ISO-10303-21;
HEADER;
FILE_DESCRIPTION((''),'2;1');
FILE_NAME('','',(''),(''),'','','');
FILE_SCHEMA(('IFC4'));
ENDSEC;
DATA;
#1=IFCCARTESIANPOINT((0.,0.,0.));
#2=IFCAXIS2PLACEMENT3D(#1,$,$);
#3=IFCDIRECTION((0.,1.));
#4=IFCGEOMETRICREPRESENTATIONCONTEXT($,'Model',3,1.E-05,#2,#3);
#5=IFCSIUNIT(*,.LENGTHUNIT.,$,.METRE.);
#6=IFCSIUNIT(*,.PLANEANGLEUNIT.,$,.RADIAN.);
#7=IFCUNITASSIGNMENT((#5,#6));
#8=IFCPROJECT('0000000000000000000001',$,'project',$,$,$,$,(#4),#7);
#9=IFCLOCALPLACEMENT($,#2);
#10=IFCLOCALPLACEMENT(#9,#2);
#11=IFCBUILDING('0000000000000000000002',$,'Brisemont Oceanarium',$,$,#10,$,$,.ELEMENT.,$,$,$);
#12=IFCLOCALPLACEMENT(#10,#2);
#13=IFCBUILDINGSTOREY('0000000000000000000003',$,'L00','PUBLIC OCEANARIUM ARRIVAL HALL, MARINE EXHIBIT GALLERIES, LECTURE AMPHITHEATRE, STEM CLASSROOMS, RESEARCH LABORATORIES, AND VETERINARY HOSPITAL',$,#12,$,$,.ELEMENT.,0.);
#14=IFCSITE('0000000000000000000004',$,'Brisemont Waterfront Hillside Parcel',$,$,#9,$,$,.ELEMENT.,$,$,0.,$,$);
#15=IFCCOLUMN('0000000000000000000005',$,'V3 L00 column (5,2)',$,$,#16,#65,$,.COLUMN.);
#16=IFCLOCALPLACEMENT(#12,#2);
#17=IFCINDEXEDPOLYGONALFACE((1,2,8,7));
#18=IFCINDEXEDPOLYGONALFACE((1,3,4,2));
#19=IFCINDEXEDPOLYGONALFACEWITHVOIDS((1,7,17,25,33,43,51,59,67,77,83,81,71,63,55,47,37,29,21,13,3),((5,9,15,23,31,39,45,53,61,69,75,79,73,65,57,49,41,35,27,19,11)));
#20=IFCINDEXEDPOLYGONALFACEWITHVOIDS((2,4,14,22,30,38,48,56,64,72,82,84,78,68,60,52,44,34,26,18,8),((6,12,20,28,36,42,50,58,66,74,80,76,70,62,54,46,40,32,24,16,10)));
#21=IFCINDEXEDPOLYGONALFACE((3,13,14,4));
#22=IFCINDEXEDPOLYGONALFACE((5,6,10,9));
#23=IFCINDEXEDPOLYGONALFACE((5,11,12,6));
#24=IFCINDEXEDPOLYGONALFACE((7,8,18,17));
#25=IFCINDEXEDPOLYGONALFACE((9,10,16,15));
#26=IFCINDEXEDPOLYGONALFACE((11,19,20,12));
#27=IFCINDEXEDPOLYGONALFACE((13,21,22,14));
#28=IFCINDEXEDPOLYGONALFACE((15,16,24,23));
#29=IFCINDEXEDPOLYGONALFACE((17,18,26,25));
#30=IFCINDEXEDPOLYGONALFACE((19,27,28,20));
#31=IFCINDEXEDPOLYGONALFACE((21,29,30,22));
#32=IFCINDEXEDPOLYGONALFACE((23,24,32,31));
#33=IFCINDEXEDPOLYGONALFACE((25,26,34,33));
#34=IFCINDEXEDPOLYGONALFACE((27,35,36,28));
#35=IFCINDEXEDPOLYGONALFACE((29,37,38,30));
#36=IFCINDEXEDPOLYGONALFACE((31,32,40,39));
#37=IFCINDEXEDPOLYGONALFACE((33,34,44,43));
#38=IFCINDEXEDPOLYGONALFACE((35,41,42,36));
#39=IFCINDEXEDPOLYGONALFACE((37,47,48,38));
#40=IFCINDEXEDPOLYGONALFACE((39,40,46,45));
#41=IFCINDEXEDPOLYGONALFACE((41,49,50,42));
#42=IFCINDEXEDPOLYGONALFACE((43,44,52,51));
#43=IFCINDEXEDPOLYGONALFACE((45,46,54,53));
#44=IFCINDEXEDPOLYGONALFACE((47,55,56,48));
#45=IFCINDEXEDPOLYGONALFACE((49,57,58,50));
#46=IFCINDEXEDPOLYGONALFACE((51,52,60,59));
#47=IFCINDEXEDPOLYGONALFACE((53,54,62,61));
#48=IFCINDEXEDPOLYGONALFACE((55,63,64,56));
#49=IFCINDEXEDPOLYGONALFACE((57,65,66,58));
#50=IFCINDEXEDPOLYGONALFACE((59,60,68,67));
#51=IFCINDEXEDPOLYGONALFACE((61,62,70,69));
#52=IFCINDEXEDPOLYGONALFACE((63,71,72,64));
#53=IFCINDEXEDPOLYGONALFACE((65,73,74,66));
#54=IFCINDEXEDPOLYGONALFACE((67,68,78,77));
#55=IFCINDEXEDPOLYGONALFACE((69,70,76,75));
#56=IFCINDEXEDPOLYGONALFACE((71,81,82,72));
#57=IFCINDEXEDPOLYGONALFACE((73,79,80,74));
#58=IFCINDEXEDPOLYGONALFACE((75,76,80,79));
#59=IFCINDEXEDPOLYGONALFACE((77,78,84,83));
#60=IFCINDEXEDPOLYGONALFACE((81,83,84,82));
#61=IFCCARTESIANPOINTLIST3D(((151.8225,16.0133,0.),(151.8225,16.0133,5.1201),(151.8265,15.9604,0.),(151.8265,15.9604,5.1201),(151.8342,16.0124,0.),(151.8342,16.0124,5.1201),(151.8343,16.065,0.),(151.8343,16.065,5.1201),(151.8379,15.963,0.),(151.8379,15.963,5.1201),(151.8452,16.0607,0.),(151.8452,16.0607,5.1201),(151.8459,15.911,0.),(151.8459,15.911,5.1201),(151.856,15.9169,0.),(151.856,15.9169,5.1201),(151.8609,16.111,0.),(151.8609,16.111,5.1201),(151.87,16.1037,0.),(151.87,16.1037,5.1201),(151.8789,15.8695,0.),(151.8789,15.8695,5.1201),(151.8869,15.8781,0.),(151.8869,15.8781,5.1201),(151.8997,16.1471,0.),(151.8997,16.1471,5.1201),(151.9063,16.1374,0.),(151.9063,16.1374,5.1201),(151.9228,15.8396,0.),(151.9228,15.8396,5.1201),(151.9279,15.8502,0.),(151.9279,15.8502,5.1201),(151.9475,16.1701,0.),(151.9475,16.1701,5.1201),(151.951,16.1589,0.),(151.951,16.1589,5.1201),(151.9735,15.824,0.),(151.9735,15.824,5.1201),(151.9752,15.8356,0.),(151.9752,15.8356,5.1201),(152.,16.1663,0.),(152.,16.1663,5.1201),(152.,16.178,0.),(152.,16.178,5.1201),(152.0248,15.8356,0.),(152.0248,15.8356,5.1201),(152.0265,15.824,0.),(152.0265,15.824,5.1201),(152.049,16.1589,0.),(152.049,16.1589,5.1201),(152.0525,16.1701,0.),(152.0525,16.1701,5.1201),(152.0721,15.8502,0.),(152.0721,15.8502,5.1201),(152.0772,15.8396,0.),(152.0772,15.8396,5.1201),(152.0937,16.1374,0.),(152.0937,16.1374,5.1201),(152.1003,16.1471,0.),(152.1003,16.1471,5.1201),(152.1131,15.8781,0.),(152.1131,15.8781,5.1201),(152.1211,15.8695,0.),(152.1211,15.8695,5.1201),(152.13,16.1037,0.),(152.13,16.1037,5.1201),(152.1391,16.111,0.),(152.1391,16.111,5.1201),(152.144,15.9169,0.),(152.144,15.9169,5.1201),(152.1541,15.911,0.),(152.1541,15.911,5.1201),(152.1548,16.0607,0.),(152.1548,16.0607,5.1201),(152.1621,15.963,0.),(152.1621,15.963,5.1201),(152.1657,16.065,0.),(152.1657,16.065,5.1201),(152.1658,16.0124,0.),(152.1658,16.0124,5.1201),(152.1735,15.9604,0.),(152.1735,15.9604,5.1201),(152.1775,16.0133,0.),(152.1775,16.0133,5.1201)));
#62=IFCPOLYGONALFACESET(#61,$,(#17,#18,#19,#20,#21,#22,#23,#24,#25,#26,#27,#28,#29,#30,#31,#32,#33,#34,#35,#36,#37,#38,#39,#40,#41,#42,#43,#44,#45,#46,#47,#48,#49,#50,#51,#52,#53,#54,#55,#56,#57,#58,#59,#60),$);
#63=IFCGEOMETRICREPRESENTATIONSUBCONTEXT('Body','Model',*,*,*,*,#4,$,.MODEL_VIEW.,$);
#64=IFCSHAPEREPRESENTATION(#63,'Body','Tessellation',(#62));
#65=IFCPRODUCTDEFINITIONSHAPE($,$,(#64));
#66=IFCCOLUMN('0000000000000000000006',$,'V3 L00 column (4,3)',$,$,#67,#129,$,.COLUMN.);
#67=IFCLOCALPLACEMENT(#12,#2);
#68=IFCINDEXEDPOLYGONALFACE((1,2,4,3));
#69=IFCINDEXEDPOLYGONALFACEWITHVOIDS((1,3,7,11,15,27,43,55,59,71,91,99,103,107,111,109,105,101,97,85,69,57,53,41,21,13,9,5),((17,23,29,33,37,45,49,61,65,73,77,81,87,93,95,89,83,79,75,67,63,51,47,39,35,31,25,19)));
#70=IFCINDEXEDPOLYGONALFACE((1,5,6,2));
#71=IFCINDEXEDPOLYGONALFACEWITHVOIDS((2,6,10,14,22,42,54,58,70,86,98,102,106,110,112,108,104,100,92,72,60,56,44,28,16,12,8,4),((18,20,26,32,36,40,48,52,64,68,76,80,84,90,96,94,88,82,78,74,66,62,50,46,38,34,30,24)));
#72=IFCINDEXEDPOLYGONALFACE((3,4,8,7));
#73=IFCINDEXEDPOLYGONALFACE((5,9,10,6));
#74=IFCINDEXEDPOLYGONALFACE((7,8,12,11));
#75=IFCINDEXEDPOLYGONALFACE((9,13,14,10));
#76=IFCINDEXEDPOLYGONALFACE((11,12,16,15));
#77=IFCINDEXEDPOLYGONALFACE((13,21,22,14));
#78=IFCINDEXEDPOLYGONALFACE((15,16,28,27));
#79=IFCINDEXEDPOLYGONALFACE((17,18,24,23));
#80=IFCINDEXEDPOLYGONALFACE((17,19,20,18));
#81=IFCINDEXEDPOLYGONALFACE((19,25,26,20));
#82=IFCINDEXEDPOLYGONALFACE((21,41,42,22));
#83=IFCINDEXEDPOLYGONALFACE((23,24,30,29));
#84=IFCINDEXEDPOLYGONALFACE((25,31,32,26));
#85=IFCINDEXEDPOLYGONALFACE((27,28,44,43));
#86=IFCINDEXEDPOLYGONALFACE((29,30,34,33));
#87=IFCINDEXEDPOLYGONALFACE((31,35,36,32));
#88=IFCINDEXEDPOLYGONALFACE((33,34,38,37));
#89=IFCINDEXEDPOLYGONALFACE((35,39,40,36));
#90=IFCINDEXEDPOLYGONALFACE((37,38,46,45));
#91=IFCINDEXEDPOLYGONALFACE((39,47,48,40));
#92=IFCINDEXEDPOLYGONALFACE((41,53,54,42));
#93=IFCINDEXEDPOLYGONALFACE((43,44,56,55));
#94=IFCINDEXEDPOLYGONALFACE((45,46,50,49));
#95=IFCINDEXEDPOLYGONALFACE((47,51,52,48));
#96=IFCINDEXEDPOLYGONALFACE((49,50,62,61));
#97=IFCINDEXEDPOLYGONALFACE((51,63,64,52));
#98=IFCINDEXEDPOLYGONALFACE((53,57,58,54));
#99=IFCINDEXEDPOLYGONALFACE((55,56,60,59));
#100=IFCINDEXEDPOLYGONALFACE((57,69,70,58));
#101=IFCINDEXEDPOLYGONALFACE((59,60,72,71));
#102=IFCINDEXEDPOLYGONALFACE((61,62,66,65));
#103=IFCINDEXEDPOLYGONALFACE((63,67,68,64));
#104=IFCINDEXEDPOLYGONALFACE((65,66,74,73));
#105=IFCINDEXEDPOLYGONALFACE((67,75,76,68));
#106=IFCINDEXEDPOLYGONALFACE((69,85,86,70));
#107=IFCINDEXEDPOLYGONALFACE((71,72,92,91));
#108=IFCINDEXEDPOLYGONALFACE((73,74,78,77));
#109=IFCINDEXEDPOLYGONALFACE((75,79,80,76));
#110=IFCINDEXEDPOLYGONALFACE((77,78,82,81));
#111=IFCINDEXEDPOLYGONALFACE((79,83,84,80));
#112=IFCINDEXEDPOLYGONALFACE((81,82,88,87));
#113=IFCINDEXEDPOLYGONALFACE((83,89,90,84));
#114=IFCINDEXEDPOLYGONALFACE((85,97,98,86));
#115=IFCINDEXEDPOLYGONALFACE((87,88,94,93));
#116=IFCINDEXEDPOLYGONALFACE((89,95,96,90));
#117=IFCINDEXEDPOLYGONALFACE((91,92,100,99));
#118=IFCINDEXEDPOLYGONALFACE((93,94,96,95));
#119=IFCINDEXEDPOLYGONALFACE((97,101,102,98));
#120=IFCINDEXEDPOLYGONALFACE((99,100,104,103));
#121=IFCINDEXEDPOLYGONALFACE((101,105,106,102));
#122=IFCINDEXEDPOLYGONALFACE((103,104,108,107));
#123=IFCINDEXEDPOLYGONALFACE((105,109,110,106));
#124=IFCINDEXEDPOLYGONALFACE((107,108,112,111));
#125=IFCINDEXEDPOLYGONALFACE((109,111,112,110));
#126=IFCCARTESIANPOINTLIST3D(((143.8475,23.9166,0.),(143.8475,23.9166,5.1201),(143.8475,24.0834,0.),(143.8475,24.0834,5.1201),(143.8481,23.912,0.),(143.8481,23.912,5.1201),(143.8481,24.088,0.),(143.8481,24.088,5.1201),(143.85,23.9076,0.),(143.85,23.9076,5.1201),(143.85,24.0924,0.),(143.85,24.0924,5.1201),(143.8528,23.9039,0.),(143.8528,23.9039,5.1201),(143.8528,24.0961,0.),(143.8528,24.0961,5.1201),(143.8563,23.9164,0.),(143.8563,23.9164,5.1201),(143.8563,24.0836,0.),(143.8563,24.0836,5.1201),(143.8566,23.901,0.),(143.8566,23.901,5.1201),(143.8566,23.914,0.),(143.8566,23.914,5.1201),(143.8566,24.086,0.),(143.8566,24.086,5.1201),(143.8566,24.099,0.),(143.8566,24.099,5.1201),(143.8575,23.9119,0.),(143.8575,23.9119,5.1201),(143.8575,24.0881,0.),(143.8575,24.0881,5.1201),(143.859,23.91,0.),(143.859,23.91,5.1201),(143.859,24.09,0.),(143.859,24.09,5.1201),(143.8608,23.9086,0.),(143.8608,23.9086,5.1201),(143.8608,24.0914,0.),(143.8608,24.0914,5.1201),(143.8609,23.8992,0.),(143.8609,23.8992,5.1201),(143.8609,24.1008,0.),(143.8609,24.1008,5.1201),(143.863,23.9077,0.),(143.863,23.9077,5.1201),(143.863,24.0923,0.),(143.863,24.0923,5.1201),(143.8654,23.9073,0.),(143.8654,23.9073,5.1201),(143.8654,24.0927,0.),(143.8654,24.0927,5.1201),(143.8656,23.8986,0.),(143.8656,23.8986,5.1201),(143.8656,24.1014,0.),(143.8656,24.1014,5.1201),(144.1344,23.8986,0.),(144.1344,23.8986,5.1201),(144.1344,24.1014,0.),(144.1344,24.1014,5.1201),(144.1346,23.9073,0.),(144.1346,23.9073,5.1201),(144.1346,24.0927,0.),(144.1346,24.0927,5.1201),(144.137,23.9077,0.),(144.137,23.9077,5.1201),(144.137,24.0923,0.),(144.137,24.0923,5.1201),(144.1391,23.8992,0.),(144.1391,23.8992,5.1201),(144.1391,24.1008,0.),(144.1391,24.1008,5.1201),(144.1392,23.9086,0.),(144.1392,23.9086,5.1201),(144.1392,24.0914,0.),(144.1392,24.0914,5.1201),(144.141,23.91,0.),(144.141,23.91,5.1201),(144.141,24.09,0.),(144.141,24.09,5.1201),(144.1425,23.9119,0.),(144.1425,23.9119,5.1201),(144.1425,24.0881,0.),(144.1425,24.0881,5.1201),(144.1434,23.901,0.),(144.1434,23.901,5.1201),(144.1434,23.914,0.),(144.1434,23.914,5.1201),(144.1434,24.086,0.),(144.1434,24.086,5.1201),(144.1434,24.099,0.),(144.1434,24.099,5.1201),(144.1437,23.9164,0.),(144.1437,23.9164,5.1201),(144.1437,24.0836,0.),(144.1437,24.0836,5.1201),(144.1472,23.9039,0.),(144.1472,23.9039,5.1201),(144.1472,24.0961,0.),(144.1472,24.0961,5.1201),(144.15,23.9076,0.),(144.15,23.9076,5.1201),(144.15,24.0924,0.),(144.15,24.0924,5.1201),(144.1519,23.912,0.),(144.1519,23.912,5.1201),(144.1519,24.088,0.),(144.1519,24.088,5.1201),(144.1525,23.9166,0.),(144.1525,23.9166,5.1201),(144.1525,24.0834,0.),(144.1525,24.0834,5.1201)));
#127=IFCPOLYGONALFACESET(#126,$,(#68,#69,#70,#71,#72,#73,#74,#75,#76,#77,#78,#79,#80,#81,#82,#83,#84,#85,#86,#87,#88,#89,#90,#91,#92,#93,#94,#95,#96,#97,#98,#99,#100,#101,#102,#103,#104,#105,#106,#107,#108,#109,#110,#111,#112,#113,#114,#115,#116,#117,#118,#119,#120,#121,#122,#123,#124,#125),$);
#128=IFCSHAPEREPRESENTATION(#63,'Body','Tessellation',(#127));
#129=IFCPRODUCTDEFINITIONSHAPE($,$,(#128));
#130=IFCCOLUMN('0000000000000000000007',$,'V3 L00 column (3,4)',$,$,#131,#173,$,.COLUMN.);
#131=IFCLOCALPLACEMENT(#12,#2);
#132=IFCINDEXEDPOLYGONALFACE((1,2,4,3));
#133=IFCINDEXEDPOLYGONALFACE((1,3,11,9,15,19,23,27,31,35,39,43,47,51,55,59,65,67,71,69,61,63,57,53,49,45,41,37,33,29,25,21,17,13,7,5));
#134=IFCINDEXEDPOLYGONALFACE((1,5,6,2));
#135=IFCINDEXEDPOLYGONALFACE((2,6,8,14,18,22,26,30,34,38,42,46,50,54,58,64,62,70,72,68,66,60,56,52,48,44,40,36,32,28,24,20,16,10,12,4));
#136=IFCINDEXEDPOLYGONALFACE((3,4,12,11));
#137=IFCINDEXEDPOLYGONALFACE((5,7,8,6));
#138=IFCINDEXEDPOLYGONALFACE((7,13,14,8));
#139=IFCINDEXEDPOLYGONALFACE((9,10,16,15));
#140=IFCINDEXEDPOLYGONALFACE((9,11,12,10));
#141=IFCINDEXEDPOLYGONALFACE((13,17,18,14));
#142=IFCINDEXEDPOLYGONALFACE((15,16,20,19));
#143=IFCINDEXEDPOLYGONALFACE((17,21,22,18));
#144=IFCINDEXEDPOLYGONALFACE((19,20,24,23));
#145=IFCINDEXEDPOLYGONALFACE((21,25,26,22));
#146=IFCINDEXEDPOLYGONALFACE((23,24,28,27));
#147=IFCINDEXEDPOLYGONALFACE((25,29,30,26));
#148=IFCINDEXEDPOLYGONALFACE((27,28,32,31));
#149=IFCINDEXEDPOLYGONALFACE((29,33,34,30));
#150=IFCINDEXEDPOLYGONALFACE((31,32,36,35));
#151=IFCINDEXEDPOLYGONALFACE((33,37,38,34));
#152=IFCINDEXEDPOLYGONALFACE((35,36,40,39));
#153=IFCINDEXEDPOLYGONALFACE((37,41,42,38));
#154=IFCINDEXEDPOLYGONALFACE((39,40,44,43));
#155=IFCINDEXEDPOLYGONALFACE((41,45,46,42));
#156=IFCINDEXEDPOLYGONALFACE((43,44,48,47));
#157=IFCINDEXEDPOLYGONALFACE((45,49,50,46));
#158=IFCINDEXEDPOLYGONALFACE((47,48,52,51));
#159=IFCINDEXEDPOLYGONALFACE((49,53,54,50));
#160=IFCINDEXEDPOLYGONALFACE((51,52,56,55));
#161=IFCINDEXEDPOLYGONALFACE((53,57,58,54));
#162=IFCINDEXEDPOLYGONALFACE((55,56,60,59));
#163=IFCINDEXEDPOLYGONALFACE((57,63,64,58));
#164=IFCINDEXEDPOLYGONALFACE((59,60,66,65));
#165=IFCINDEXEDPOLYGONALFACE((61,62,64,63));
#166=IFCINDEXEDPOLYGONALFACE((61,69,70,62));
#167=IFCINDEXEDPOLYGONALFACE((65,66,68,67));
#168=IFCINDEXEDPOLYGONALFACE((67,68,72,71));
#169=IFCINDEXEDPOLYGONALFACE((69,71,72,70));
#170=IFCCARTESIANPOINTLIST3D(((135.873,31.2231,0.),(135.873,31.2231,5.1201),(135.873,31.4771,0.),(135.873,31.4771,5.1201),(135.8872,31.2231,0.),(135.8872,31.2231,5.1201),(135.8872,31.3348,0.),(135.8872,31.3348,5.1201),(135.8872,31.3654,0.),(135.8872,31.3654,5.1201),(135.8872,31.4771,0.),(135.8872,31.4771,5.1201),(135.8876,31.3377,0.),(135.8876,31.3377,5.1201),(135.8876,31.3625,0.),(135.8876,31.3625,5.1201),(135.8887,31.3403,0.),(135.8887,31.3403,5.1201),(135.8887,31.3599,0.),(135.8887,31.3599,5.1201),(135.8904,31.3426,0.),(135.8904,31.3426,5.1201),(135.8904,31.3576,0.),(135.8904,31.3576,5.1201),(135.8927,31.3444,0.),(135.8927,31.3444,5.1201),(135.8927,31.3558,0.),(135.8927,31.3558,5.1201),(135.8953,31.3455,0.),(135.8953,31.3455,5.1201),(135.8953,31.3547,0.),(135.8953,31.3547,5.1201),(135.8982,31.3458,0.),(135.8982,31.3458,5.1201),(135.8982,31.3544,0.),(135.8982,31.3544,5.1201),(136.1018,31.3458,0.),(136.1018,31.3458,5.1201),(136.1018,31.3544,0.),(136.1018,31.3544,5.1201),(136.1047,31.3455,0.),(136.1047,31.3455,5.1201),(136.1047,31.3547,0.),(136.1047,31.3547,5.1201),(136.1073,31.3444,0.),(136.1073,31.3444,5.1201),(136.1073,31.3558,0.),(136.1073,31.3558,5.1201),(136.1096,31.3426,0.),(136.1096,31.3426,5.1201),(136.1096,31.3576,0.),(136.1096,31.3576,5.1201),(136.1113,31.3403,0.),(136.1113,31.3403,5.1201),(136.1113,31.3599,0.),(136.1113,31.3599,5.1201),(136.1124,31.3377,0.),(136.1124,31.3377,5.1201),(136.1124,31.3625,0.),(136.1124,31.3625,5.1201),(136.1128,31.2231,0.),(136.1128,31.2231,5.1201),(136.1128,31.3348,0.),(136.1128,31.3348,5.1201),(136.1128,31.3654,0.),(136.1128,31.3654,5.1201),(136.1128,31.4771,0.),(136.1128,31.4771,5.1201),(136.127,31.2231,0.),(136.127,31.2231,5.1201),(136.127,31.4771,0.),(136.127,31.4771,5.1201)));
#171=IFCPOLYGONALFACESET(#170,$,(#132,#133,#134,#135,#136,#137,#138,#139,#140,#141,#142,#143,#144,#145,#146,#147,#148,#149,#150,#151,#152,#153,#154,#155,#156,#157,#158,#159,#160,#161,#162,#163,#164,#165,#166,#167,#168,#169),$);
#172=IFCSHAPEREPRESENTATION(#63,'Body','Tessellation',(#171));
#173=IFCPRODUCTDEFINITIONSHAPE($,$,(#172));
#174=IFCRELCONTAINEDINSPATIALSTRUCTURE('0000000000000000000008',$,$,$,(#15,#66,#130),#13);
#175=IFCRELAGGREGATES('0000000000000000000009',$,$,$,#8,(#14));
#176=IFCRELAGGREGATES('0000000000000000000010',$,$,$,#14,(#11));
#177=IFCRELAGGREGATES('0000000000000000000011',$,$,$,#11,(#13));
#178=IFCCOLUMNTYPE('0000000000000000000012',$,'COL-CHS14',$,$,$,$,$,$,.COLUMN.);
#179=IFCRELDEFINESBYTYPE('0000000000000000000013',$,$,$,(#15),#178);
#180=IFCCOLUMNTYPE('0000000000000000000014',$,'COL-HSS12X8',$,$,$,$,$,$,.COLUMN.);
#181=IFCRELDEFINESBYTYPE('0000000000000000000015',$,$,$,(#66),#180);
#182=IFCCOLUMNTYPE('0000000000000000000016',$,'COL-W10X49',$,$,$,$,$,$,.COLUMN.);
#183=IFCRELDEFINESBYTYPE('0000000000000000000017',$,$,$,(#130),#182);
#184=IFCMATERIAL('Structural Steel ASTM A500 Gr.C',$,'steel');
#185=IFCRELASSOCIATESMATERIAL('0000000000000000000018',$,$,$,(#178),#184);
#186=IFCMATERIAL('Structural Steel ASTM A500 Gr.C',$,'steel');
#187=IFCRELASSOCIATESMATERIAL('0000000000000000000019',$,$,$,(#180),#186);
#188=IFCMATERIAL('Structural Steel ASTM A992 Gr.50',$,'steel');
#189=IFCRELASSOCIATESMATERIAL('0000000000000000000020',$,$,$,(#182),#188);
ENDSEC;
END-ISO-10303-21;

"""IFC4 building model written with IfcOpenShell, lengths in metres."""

from ifc_helpers import new_model, si_unit, direction, frame, origin, origin_2d, place, context, subcontext, project, spatial, hollow_rectangle, hollow_circle, i_section, extrude, material, material_profile, profile_set, type_object, element, save


model = new_model("IFC4")

# Units and contexts
model_context = context("Model", 3, precision=1e-05, world=origin(), true_north=direction((0.0, 1.0)))
body_context = subcontext(model_context, "Body", "Model", "MODEL_VIEW")
ifc_project = project(units=[si_unit("LENGTHUNIT", "METRE"), si_unit("PLANEANGLEUNIT", "RADIAN")], contexts=[model_context])

# Site, building, storey
site_placement = place(None, origin())
site = spatial("IfcSite", under=ifc_project, at=site_placement, Name="Brisemont Waterfront Hillside Parcel", CompositionType="ELEMENT", RefElevation=0.0)
building_placement = place(site_placement, origin())
building = spatial("IfcBuilding", under=site, at=building_placement, Name="Brisemont Oceanarium", CompositionType="ELEMENT")
storey_placement = place(building_placement, origin())
storey = spatial("IfcBuildingStorey", under=building, at=storey_placement, Name="L00", Description="PUBLIC OCEANARIUM ARRIVAL HALL, MARINE EXHIBIT GALLERIES, LECTURE AMPHITHEATRE, STEM CLASSROOMS, RESEARCH LABORATORIES, AND VETERINARY HOSPITAL", CompositionType="ELEMENT", Elevation=0.0)

# Columns
ifc_material_1 = material(Name="Structural Steel ASTM A500 Gr.C", Category="steel")
ifc_material_profile_1 = material_profile(ifc_material_1, hollow_circle(Radius=0.178, WallThickness=0.0117, at=origin_2d()), Name="HSS14.000X0.500")
ifc_profile_set_1 = profile_set([ifc_material_profile_1], Name="Structural Steel ASTM A500 Gr.C")
column_type_1 = type_object("IfcColumnType", Name="COL-CHS14", PredefinedType="COLUMN", material=ifc_profile_set_1)
column_1_placement = place(storey_placement, frame((152.0, 16.0, 0.0), z_axis=(0.0, 0.0, 1.0), x_axis=(0.0, 1.0, 0.0)))
element("IfcColumn", 1, at=column_1_placement, inside=storey, type_object=column_type_1, Name="V3 L00 column (5,2)", PredefinedType="COLUMN", context=body_context, shape_type="SweptSolid", body=[
    extrude(hollow_circle(Radius=0.178, WallThickness=0.0117, at=origin_2d()), origin(), (0.0, 0.0, 1.0), 5.1201),
])
ifc_material_2 = material(Name="Structural Steel ASTM A500 Gr.C", Category="steel")
ifc_material_profile_2 = material_profile(ifc_material_2, hollow_rectangle(XDim=0.2029, YDim=0.3049, WallThickness=0.0088, InnerFilletRadius=0.009, OuterFilletRadius=0.0181, at=origin_2d()), Name="HSS12X8X3/8")
ifc_profile_set_2 = profile_set([ifc_material_profile_2], Name="Structural Steel ASTM A500 Gr.C")
column_type_2 = type_object("IfcColumnType", Name="COL-HSS12X8", PredefinedType="COLUMN", material=ifc_profile_set_2)
column_2_placement = place(storey_placement, frame((144.0, 24.0, 0.0), z_axis=(0.0, 0.0, 1.0), x_axis=(0.0, 1.0, 0.0)))
element("IfcColumn", 2, at=column_2_placement, inside=storey, type_object=column_type_2, Name="V3 L00 column (4,3)", PredefinedType="COLUMN", context=body_context, shape_type="SweptSolid", body=[
    extrude(hollow_rectangle(XDim=0.2029, YDim=0.3049, WallThickness=0.0088, InnerFilletRadius=0.009, OuterFilletRadius=0.0181, at=origin_2d()), origin(), (0.0, 0.0, 1.0), 5.1201),
])
ifc_material_3 = material(Name="Structural Steel ASTM A992 Gr.50", Category="steel")
ifc_material_profile_3 = material_profile(ifc_material_3, i_section(OverallWidth=0.2539, OverallDepth=0.2539, WebThickness=0.0085, FlangeThickness=0.0142, FilletRadius=0.011, at=origin_2d()), Name="W10X49")
ifc_profile_set_3 = profile_set([ifc_material_profile_3], Name="Structural Steel ASTM A992 Gr.50")
column_type_3 = type_object("IfcColumnType", Name="COL-W10X49", PredefinedType="COLUMN", material=ifc_profile_set_3)
column_3_placement = place(storey_placement, frame((136.0, 31.3501, 0.0), z_axis=(0.0, 0.0, 1.0), x_axis=(0.0, 1.0, 0.0)))
element("IfcColumn", 3, at=column_3_placement, inside=storey, type_object=column_type_3, Name="V3 L00 column (3,4)", PredefinedType="COLUMN", context=body_context, shape_type="SweptSolid", body=[
    extrude(i_section(OverallWidth=0.2539, OverallDepth=0.2539, WebThickness=0.0085, FlangeThickness=0.0142, FilletRadius=0.011, at=origin_2d()), origin(), (0.0, 0.0, 1.0), 5.1201),
])

save(model, "model.ifc")
